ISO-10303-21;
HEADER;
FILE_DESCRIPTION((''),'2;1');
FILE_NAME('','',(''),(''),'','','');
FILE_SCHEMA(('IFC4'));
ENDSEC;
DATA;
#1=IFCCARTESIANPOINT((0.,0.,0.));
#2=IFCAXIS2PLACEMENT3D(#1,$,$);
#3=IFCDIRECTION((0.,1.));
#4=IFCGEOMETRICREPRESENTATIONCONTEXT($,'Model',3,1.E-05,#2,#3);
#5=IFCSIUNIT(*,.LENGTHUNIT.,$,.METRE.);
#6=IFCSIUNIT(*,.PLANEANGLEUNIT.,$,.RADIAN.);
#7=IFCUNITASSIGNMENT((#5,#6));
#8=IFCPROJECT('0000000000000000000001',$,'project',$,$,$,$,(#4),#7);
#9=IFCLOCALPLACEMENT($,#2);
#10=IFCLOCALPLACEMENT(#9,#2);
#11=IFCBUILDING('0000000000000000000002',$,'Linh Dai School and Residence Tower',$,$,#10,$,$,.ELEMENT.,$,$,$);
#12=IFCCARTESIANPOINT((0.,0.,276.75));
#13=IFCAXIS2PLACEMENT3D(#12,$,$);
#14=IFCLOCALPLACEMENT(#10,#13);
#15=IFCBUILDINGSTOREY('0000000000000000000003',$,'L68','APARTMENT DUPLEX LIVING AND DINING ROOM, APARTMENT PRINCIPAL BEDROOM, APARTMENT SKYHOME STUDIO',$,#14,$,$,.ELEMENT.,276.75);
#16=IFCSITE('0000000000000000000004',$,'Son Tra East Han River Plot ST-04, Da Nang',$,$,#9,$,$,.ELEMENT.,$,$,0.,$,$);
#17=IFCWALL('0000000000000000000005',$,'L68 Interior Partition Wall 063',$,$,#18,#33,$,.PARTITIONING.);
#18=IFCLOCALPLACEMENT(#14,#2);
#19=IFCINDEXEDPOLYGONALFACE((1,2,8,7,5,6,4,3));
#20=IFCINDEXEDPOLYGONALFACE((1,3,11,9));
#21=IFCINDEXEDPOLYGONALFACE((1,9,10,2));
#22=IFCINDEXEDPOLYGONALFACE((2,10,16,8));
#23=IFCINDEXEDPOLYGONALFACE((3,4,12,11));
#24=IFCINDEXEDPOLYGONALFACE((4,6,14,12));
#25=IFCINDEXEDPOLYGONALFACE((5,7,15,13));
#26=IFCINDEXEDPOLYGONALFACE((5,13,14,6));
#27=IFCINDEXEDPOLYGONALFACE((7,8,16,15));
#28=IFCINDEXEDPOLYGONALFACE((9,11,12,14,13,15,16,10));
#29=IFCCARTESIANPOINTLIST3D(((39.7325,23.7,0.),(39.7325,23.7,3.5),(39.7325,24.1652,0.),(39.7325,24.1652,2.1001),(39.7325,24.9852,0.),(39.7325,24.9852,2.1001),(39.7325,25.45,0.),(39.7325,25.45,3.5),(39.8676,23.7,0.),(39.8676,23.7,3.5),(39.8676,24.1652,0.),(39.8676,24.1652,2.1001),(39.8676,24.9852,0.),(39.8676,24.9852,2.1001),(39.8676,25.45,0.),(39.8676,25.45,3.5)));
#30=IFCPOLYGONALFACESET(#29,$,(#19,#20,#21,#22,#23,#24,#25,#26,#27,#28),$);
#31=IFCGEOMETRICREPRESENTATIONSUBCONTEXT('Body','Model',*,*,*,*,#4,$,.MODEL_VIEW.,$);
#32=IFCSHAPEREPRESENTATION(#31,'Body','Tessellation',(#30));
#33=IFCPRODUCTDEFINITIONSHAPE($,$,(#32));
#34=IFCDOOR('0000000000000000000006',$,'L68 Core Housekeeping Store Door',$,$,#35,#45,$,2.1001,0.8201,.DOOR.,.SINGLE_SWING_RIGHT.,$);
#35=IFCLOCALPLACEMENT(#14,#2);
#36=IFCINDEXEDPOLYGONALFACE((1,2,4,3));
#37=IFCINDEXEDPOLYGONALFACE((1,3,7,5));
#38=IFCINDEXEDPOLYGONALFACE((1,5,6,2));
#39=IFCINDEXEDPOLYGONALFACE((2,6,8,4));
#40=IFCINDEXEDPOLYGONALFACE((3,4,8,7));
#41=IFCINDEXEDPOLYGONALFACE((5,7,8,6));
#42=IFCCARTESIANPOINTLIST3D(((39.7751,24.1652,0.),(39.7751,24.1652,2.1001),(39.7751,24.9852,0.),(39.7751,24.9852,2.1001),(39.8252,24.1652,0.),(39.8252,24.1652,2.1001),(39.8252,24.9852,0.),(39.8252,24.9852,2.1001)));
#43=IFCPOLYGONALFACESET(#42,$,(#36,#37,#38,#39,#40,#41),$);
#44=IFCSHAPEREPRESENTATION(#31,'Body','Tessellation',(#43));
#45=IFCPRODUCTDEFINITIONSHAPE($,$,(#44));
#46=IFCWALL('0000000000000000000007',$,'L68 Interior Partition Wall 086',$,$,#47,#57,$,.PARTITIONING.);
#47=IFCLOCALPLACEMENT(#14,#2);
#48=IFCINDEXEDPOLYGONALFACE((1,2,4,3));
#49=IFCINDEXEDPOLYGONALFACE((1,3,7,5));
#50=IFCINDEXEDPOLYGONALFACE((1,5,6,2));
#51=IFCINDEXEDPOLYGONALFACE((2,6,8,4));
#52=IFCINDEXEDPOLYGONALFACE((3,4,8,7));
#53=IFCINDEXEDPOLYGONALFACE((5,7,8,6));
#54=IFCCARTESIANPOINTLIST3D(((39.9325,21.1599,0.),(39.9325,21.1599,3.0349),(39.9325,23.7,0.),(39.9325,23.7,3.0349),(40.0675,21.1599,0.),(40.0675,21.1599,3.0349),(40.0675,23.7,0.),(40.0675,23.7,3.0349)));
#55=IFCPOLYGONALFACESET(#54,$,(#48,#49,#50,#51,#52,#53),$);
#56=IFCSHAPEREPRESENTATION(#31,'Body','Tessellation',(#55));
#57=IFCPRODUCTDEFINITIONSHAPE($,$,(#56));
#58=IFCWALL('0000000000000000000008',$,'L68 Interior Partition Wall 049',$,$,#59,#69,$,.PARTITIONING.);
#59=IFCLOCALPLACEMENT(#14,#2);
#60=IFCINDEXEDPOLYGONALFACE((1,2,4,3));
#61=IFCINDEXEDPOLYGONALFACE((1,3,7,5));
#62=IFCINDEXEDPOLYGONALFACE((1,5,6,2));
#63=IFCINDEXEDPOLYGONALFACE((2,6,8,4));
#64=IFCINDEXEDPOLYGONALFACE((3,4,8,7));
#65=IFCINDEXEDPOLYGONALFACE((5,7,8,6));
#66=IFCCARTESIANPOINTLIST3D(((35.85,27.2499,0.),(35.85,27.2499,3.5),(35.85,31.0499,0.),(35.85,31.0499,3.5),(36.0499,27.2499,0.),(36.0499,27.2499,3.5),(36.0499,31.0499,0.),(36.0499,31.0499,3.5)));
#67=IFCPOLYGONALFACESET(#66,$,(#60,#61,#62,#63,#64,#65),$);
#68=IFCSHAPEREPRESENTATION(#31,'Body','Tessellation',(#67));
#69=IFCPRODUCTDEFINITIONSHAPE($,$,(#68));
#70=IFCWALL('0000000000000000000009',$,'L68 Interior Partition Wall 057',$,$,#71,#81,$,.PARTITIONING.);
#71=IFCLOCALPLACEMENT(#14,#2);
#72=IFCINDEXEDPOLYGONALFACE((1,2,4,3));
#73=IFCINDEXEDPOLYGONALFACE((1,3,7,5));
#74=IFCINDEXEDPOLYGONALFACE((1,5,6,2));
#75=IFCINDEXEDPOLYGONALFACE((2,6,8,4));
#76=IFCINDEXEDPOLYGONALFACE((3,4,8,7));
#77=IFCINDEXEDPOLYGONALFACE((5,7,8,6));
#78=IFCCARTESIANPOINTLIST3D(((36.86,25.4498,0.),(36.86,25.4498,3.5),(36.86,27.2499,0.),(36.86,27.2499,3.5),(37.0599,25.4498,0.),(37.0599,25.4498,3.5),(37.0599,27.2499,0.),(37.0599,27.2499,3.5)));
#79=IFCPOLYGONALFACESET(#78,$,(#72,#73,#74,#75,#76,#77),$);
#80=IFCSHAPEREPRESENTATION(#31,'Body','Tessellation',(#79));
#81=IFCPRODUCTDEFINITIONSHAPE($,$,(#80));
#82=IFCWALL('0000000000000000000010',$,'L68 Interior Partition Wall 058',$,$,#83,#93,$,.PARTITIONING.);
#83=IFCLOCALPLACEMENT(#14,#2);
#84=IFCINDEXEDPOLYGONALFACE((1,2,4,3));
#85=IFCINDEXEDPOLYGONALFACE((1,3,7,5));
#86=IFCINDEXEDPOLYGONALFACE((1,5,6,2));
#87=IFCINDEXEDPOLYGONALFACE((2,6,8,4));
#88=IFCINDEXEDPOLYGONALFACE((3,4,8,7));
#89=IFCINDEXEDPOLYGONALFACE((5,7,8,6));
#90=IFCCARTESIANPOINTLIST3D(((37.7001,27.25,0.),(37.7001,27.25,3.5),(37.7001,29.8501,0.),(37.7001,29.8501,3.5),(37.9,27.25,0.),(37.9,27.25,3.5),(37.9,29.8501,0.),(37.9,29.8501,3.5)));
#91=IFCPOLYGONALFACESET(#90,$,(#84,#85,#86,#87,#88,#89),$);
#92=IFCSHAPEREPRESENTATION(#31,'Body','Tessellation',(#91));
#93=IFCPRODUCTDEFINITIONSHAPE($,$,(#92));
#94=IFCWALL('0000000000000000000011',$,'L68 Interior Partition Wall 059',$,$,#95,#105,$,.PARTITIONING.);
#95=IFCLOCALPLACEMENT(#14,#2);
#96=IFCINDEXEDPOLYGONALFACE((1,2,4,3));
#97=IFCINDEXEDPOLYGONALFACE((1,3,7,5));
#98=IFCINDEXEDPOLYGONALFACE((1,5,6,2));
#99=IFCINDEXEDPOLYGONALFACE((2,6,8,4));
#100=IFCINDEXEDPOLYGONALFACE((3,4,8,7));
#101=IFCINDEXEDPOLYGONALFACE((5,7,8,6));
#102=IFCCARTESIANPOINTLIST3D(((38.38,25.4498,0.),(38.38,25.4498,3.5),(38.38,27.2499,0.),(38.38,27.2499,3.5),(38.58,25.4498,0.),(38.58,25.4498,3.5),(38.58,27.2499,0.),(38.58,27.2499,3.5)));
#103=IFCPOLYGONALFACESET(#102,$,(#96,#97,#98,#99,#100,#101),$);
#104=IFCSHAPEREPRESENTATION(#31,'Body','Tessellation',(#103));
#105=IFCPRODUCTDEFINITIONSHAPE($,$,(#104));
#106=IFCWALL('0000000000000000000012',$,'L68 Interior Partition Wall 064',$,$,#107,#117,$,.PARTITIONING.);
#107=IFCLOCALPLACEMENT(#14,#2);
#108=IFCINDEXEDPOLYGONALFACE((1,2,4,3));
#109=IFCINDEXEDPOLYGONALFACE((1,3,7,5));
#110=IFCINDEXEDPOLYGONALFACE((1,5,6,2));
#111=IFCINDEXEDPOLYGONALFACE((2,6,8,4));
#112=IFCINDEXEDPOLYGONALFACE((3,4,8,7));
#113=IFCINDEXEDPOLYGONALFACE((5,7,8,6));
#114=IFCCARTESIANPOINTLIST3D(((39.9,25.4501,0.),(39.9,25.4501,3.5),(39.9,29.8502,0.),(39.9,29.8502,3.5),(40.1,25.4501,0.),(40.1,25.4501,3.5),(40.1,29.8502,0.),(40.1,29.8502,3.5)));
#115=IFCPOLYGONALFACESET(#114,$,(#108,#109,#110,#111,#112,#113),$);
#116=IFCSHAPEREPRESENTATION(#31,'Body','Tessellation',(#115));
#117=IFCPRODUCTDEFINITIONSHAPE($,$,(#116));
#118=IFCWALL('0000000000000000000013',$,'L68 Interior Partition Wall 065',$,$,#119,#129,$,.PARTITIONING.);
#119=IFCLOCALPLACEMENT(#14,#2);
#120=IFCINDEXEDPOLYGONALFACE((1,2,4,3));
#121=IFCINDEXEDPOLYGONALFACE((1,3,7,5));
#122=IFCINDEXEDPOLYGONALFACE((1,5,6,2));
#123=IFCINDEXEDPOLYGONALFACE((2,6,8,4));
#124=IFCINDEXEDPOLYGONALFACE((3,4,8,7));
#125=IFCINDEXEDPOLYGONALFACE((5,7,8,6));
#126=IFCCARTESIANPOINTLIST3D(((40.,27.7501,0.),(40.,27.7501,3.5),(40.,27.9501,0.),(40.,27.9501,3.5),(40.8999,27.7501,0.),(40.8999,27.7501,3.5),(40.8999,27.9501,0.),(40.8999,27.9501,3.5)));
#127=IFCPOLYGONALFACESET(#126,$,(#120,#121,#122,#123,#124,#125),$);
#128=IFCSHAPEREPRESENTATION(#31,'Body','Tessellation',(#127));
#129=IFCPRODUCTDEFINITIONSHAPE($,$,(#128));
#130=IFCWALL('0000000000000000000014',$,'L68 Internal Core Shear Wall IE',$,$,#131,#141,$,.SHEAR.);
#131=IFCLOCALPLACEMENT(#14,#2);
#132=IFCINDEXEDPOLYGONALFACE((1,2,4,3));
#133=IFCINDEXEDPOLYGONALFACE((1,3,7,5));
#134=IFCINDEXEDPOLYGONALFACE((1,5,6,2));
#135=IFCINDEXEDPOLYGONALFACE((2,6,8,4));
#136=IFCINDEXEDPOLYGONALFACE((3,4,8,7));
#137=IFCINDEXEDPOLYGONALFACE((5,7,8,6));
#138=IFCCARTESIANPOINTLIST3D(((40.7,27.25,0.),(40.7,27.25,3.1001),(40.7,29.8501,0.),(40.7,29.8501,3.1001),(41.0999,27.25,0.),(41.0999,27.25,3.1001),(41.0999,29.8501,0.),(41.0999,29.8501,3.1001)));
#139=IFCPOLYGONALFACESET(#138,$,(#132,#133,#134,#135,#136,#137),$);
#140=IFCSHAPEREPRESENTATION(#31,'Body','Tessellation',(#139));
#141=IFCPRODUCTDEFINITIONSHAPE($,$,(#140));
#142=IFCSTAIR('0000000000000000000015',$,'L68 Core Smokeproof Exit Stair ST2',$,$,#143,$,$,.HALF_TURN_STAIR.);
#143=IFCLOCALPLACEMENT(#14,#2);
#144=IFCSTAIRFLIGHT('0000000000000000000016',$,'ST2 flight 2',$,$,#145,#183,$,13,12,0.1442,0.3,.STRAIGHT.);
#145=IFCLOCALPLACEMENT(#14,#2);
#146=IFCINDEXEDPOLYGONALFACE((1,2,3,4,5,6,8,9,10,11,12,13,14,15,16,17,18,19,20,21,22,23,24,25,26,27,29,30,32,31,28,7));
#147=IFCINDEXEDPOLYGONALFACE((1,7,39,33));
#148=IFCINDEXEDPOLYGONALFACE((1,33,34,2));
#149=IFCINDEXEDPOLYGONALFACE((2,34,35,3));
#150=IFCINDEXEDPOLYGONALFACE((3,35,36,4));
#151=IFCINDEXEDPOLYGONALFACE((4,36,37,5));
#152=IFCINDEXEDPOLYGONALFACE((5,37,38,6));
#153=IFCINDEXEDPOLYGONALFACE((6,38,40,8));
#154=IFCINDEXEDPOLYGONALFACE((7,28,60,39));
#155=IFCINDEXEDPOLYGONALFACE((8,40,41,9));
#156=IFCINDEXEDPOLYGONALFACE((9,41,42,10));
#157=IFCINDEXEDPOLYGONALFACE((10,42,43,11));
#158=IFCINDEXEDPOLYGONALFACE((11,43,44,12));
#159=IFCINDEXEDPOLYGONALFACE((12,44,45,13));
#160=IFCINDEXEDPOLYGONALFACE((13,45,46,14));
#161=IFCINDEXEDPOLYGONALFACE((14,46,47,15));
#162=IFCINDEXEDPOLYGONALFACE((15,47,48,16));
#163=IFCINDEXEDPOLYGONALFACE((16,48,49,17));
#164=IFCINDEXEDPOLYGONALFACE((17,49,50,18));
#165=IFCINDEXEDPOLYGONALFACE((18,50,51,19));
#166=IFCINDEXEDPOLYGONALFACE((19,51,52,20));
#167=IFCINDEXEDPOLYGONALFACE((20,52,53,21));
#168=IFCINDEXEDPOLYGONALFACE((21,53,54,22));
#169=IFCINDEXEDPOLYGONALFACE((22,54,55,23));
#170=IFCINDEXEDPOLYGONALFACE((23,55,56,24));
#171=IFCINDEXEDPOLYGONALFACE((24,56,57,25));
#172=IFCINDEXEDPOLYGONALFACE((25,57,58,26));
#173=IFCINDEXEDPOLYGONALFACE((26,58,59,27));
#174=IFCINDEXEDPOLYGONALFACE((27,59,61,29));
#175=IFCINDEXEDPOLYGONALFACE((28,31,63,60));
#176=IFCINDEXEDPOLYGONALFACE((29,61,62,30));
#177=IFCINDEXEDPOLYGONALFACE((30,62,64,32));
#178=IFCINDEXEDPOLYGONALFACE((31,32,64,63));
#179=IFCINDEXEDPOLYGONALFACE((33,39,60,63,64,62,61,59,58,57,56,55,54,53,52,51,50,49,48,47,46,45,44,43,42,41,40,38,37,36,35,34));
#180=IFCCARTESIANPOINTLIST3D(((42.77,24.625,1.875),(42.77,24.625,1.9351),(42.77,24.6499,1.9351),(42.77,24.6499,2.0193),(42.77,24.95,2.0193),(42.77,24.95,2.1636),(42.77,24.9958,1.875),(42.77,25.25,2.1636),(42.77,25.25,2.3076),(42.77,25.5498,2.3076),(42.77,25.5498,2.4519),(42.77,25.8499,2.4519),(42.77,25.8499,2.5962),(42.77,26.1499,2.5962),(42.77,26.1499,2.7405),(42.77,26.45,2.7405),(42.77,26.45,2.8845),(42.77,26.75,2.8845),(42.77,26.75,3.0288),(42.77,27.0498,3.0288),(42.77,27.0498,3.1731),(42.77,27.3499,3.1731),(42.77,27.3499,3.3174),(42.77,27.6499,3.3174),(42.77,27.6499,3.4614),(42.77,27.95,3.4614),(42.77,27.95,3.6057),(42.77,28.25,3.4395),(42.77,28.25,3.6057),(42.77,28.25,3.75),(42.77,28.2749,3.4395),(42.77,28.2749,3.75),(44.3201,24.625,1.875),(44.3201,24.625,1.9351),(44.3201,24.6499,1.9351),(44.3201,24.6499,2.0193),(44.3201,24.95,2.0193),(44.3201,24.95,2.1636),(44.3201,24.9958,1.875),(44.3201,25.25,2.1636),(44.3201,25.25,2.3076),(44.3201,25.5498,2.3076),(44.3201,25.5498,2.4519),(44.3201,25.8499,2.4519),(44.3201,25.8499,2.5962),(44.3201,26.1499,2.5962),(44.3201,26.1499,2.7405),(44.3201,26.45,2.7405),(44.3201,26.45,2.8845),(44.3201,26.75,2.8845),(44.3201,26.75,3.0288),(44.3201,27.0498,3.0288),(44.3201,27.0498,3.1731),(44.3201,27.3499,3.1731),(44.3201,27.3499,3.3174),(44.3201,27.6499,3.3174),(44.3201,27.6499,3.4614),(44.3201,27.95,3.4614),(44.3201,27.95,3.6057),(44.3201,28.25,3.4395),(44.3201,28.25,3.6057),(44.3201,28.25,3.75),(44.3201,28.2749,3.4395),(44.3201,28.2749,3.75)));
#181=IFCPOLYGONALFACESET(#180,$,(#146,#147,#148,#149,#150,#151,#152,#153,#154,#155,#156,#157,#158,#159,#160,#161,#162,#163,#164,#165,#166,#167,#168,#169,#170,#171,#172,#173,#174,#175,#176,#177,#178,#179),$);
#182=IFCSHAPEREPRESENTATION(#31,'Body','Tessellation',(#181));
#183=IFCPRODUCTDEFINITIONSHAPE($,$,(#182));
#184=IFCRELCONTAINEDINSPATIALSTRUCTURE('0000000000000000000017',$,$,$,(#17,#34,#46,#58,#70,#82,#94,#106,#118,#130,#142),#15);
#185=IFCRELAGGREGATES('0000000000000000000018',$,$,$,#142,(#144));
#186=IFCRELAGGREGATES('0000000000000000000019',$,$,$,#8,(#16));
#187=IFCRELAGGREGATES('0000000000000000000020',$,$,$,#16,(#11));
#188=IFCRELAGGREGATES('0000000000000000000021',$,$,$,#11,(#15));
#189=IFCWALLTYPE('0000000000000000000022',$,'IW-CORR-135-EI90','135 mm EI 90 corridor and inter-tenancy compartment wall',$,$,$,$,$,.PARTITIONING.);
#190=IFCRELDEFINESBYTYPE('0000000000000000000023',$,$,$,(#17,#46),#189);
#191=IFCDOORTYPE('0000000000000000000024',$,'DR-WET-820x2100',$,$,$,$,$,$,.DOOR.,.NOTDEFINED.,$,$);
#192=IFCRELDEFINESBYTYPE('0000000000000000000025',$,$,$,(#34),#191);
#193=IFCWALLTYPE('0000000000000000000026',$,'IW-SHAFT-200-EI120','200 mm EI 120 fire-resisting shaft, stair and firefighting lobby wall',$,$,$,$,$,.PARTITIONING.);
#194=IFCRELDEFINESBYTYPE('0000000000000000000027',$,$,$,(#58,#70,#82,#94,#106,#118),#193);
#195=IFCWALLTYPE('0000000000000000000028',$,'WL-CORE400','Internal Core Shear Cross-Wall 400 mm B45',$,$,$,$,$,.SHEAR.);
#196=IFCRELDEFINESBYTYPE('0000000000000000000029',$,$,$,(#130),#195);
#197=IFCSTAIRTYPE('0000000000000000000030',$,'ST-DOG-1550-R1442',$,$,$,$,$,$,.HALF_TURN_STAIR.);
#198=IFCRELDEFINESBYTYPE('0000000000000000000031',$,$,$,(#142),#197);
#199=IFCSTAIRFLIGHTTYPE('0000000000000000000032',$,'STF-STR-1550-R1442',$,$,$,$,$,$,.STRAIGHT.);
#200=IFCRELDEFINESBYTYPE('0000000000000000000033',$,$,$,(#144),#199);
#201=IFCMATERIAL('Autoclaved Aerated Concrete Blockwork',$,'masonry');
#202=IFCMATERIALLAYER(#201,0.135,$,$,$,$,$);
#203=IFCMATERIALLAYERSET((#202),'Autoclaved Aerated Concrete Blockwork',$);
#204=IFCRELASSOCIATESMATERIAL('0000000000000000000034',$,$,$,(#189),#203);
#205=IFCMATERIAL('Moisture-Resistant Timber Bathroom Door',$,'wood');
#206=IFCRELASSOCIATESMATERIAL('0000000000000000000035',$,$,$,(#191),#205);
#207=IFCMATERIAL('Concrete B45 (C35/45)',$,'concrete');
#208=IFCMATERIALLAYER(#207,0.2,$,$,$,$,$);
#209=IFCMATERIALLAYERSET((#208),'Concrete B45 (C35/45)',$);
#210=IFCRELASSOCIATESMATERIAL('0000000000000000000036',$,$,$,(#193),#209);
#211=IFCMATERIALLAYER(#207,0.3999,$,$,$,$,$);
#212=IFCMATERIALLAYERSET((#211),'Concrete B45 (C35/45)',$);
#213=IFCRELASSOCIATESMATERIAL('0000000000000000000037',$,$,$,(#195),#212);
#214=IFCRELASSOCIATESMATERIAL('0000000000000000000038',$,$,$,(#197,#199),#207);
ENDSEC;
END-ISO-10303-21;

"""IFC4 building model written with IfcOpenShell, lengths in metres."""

from ifc_helpers import new_model, si_unit, direction, frame, frame_2d, origin, origin_2d, place, context, subcontext, project, spatial, polyline, rectangle, outline, extrude, source, transform, mapped, material, layer, layer_set, type_object, element, fill, aggregate, save


model = new_model("IFC4")

# Units and contexts
model_context = context("Model", 3, precision=1e-05, world=origin(), true_north=direction((0.0, 1.0)))
body_context = subcontext(model_context, "Body", "Model", "MODEL_VIEW")
ifc_project = project(units=[si_unit("LENGTHUNIT", "METRE"), si_unit("PLANEANGLEUNIT", "RADIAN")], contexts=[model_context])

# Site, building, storey
site_placement = place(None, origin())
site = spatial("IfcSite", under=ifc_project, at=site_placement, Name="Son Tra East Han River Plot ST-04, Da Nang", CompositionType="ELEMENT", RefElevation=0.0)
building_placement = place(site_placement, origin())
building = spatial("IfcBuilding", under=site, at=building_placement, Name="Linh Dai School and Residence Tower", CompositionType="ELEMENT")
storey_placement = place(building_placement, frame((0.0, 0.0, 276.75)))
storey = spatial("IfcBuildingStorey", under=building, at=storey_placement, Name="L68", Description="APARTMENT DUPLEX LIVING AND DINING ROOM, APARTMENT PRINCIPAL BEDROOM, APARTMENT SKYHOME STUDIO", CompositionType="ELEMENT", Elevation=276.75)

# Wall, opening, door
ifc_material_1 = material(Name="Autoclaved Aerated Concrete Blockwork", Category="masonry")
ifc_layer_1 = layer(ifc_material_1, 0.135)
ifc_layer_set_1 = layer_set([ifc_layer_1], Name="Autoclaved Aerated Concrete Blockwork")
wall_type_1 = type_object("IfcWallType", Name="IW-CORR-135-EI90", Description="135 mm EI 90 corridor and inter-tenancy compartment wall", PredefinedType="PARTITIONING", material=ifc_layer_set_1)
wall_1_placement = place(storey_placement, frame((39.8, 23.7, 0.0), z_axis=(0.0, 0.0, 1.0), x_axis=(0.0, 1.0, 0.0)))
wall_1 = element("IfcWall", 1, at=wall_1_placement, inside=storey, type_object=wall_type_1, Name="L68 Interior Partition Wall 063", PredefinedType="PARTITIONING", context=body_context, shape_type="SweptSolid", body=[
    extrude(rectangle(XDim=1.75, YDim=0.135, at=frame_2d((0.875, 0.0))), origin(), (0.0, 0.0, 1.0), 3.5),
])
opening_placement = place(wall_1_placement, frame((0.4651, 0.0, 0.0)))
opening = element("IfcOpeningElement", 2, at=opening_placement, cuts=wall_1, PredefinedType="OPENING", context=body_context, shape_type="SweptSolid", body=[
    extrude(rectangle(XDim=0.8201, YDim=2.1001, at=origin_2d()), frame((0.4102, 0.0776, 1.05), z_axis=(0.0, -1.0, 0.0), x_axis=(1.0, 0.0, 0.0)), (0.0, 0.0, 1.0), 0.155),
])
ifc_material_2 = material(Name="Moisture-Resistant Timber Bathroom Door", Category="wood")
door_type = type_object("IfcDoorType", Name="DR-WET-820x2100", OperationType="NOTDEFINED", PredefinedType="DOOR", material=ifc_material_2)
shared_shape_1 = source(origin(), body_context, "Body", "SweptSolid", [
    extrude(rectangle(XDim=0.8201, YDim=2.1001, at=origin_2d()), frame((0.4102, 0.0249, 1.05), z_axis=(0.0, -1.0, 0.0), x_axis=(1.0, 0.0, 0.0)), (0.0, 0.0, 1.0), 0.05),
])
door_placement = place(opening_placement, origin())
door = element("IfcDoor", 3, at=door_placement, inside=storey, type_object=door_type, Name="L68 Core Housekeeping Store Door", OperationType="SINGLE_SWING_RIGHT", OverallHeight=2.1001, OverallWidth=0.8201, PredefinedType="DOOR", context=body_context, shape_type="MappedRepresentation", body=[
    mapped(shared_shape_1, transform((0.0, 0.0, 0.0), x_axis=(1.0, 0.0, 0.0), y_axis=(0.0, 1.0, 0.0), z_axis=(0.0, 0.0, 1.0), scale=1.0)),
])
fill(opening, door)

# Walls
wall_2_placement = place(storey_placement, frame((40.0, 23.7, 0.0), z_axis=(0.0, 0.0, 1.0), x_axis=(0.0, -1.0, 0.0)))
element("IfcWall", 4, at=wall_2_placement, inside=storey, type_object=wall_type_1, Name="L68 Interior Partition Wall 086", PredefinedType="PARTITIONING", context=body_context, shape_type="SweptSolid", body=[
    extrude(rectangle(XDim=2.54, YDim=0.135, at=frame_2d((1.27, 0.0))), origin(), (0.0, 0.0, 1.0), 3.0349),
])
ifc_material_3 = material(Name="Concrete B45 (C35/45)", Category="concrete")
ifc_layer_2 = layer(ifc_material_3, 0.2)
ifc_layer_set_2 = layer_set([ifc_layer_2], Name="Concrete B45 (C35/45)")
wall_type_2 = type_object("IfcWallType", Name="IW-SHAFT-200-EI120", Description="200 mm EI 120 fire-resisting shaft, stair and firefighting lobby wall", PredefinedType="PARTITIONING", material=ifc_layer_set_2)
wall_3_placement = place(storey_placement, frame((35.95, 27.25, 0.0), z_axis=(0.0, 0.0, 1.0), x_axis=(0.0, 1.0, 0.0)))
element("IfcWall", 5, at=wall_3_placement, inside=storey, type_object=wall_type_2, Name="L68 Interior Partition Wall 049", PredefinedType="PARTITIONING", context=body_context, shape_type="SweptSolid", body=[
    extrude(rectangle(XDim=3.8, YDim=0.2, at=frame_2d((1.8999, 0.0))), origin(), (0.0, 0.0, 1.0), 3.5),
])
wall_4_placement = place(storey_placement, frame((36.96, 25.45, 0.0), z_axis=(0.0, 0.0, 1.0), x_axis=(0.0, 1.0, 0.0)))
element("IfcWall", 6, at=wall_4_placement, inside=storey, type_object=wall_type_2, Name="L68 Interior Partition Wall 057", PredefinedType="PARTITIONING", context=body_context, shape_type="SweptSolid", body=[
    extrude(rectangle(XDim=1.8, YDim=0.2, at=frame_2d((0.8999, 0.0))), origin(), (0.0, 0.0, 1.0), 3.5),
])
wall_5_placement = place(storey_placement, frame((37.8, 27.25, 0.0), z_axis=(0.0, 0.0, 1.0), x_axis=(0.0, 1.0, 0.0)))
element("IfcWall", 7, at=wall_5_placement, inside=storey, type_object=wall_type_2, Name="L68 Interior Partition Wall 058", PredefinedType="PARTITIONING", context=body_context, shape_type="SweptSolid", body=[
    extrude(rectangle(XDim=2.6001, YDim=0.2, at=frame_2d((1.3, 0.0))), origin(), (0.0, 0.0, 1.0), 3.5),
])
wall_6_placement = place(storey_placement, frame((38.48, 25.45, 0.0), z_axis=(0.0, 0.0, 1.0), x_axis=(0.0, 1.0, 0.0)))
element("IfcWall", 8, at=wall_6_placement, inside=storey, type_object=wall_type_2, Name="L68 Interior Partition Wall 059", PredefinedType="PARTITIONING", context=body_context, shape_type="SweptSolid", body=[
    extrude(rectangle(XDim=1.8, YDim=0.2, at=frame_2d((0.8999, 0.0))), origin(), (0.0, 0.0, 1.0), 3.5),
])
wall_7_placement = place(storey_placement, frame((40.0, 25.45, 0.0), z_axis=(0.0, 0.0, 1.0), x_axis=(0.0, 1.0, 0.0)))
element("IfcWall", 9, at=wall_7_placement, inside=storey, type_object=wall_type_2, Name="L68 Interior Partition Wall 064", PredefinedType="PARTITIONING", context=body_context, shape_type="SweptSolid", body=[
    extrude(rectangle(XDim=4.4001, YDim=0.2, at=frame_2d((2.2002, 0.0))), origin(), (0.0, 0.0, 1.0), 3.5),
])
wall_8_placement = place(storey_placement, frame((40.0, 27.8501, 0.0), z_axis=(0.0, 0.0, 1.0), x_axis=(1.0, 0.0, 0.0)))
element("IfcWall", 10, at=wall_8_placement, inside=storey, type_object=wall_type_2, Name="L68 Interior Partition Wall 065", PredefinedType="PARTITIONING", context=body_context, shape_type="SweptSolid", body=[
    extrude(rectangle(XDim=0.8999, YDim=0.2, at=frame_2d((0.45, 0.0))), origin(), (0.0, 0.0, 1.0), 3.5),
])
ifc_layer_3 = layer(ifc_material_3, 0.3999)
ifc_layer_set_3 = layer_set([ifc_layer_3], Name="Concrete B45 (C35/45)")
wall_type_3 = type_object("IfcWallType", Name="WL-CORE400", Description="Internal Core Shear Cross-Wall 400 mm B45", PredefinedType="SHEAR", material=ifc_layer_set_3)
wall_9_placement = place(storey_placement, frame((40.8999, 27.25, 0.0), z_axis=(0.0, 0.0, 1.0), x_axis=(0.0, 1.0, 0.0)))
element("IfcWall", 11, at=wall_9_placement, inside=storey, type_object=wall_type_3, Name="L68 Internal Core Shear Wall IE", PredefinedType="SHEAR", context=body_context, shape_type="SweptSolid", body=[
    extrude(rectangle(XDim=2.6001, YDim=0.3999, at=frame_2d((1.3, 0.0))), origin(), (0.0, 0.0, 1.0), 3.1001),
])

# Stair, stair flight
stair_type = type_object("IfcStairType", Name="ST-DOG-1550-R1442", PredefinedType="HALF_TURN_STAIR", material=ifc_material_3)
stair_placement = place(storey_placement, origin())
stair = element("IfcStair", 12, at=stair_placement, inside=storey, type_object=stair_type, Name="L68 Core Smokeproof Exit Stair ST2", PredefinedType="HALF_TURN_STAIR")
stair_flight_type = type_object("IfcStairFlightType", Name="STF-STR-1550-R1442", PredefinedType="STRAIGHT", material=ifc_material_3)
shared_shape_2 = source(origin(), body_context, "Body", "SweptSolid", [
    extrude(outline(polyline([(-0.0249, 0.0), (-0.0249, 0.0601), (0.0, 0.0601), (0.0, 0.1443), (0.3, 0.1443), (0.3, 0.2886), (0.6001, 0.2886), (0.6001, 0.4326), (0.8999, 0.4326), (0.8999, 0.5769), (1.2, 0.5769), (1.2, 0.7212), (1.5, 0.7212), (1.5, 0.8655), (1.8, 0.8655), (1.8, 1.0095), (2.1001, 1.0095), (2.1001, 1.1538), (2.3999, 1.1538), (2.3999, 1.2981), (2.7, 1.2981), (2.7, 1.4424), (3.0, 1.4424), (3.0, 1.5864), (3.3, 1.5864), (3.3, 1.7307), (3.6001, 1.7307), (3.6001, 1.875), (3.625, 1.875), (3.625, 1.5645), (3.6001, 1.5645), (0.3459, 0.0), (-0.0249, 0.0)])), frame((0.0, 0.7749, 0.0), z_axis=(0.0, -1.0, 0.0), x_axis=(1.0, 0.0, 0.0)), (0.0, 0.0, 1.0), 1.55),
])
stair_flight_placement = place(storey_placement, frame((43.5449, 24.6499, 1.875), z_axis=(0.0, 0.0, 1.0), x_axis=(0.0, 1.0, 0.0)))
stair_flight = element("IfcStairFlight", 13, at=stair_flight_placement, type_object=stair_flight_type, Name="ST2 flight 2", NumberOfRisers=13, NumberOfTreads=12, PredefinedType="STRAIGHT", RiserHeight=0.1442, TreadLength=0.3, context=body_context, shape_type="MappedRepresentation", body=[
    mapped(shared_shape_2, transform((0.0, 0.0, 0.0), x_axis=(1.0, 0.0, 0.0), y_axis=(0.0, 1.0, 0.0), z_axis=(0.0, 0.0, 1.0), scale=1.0)),
])
aggregate(stair, [stair_flight])

save(model, "model.ifc")
